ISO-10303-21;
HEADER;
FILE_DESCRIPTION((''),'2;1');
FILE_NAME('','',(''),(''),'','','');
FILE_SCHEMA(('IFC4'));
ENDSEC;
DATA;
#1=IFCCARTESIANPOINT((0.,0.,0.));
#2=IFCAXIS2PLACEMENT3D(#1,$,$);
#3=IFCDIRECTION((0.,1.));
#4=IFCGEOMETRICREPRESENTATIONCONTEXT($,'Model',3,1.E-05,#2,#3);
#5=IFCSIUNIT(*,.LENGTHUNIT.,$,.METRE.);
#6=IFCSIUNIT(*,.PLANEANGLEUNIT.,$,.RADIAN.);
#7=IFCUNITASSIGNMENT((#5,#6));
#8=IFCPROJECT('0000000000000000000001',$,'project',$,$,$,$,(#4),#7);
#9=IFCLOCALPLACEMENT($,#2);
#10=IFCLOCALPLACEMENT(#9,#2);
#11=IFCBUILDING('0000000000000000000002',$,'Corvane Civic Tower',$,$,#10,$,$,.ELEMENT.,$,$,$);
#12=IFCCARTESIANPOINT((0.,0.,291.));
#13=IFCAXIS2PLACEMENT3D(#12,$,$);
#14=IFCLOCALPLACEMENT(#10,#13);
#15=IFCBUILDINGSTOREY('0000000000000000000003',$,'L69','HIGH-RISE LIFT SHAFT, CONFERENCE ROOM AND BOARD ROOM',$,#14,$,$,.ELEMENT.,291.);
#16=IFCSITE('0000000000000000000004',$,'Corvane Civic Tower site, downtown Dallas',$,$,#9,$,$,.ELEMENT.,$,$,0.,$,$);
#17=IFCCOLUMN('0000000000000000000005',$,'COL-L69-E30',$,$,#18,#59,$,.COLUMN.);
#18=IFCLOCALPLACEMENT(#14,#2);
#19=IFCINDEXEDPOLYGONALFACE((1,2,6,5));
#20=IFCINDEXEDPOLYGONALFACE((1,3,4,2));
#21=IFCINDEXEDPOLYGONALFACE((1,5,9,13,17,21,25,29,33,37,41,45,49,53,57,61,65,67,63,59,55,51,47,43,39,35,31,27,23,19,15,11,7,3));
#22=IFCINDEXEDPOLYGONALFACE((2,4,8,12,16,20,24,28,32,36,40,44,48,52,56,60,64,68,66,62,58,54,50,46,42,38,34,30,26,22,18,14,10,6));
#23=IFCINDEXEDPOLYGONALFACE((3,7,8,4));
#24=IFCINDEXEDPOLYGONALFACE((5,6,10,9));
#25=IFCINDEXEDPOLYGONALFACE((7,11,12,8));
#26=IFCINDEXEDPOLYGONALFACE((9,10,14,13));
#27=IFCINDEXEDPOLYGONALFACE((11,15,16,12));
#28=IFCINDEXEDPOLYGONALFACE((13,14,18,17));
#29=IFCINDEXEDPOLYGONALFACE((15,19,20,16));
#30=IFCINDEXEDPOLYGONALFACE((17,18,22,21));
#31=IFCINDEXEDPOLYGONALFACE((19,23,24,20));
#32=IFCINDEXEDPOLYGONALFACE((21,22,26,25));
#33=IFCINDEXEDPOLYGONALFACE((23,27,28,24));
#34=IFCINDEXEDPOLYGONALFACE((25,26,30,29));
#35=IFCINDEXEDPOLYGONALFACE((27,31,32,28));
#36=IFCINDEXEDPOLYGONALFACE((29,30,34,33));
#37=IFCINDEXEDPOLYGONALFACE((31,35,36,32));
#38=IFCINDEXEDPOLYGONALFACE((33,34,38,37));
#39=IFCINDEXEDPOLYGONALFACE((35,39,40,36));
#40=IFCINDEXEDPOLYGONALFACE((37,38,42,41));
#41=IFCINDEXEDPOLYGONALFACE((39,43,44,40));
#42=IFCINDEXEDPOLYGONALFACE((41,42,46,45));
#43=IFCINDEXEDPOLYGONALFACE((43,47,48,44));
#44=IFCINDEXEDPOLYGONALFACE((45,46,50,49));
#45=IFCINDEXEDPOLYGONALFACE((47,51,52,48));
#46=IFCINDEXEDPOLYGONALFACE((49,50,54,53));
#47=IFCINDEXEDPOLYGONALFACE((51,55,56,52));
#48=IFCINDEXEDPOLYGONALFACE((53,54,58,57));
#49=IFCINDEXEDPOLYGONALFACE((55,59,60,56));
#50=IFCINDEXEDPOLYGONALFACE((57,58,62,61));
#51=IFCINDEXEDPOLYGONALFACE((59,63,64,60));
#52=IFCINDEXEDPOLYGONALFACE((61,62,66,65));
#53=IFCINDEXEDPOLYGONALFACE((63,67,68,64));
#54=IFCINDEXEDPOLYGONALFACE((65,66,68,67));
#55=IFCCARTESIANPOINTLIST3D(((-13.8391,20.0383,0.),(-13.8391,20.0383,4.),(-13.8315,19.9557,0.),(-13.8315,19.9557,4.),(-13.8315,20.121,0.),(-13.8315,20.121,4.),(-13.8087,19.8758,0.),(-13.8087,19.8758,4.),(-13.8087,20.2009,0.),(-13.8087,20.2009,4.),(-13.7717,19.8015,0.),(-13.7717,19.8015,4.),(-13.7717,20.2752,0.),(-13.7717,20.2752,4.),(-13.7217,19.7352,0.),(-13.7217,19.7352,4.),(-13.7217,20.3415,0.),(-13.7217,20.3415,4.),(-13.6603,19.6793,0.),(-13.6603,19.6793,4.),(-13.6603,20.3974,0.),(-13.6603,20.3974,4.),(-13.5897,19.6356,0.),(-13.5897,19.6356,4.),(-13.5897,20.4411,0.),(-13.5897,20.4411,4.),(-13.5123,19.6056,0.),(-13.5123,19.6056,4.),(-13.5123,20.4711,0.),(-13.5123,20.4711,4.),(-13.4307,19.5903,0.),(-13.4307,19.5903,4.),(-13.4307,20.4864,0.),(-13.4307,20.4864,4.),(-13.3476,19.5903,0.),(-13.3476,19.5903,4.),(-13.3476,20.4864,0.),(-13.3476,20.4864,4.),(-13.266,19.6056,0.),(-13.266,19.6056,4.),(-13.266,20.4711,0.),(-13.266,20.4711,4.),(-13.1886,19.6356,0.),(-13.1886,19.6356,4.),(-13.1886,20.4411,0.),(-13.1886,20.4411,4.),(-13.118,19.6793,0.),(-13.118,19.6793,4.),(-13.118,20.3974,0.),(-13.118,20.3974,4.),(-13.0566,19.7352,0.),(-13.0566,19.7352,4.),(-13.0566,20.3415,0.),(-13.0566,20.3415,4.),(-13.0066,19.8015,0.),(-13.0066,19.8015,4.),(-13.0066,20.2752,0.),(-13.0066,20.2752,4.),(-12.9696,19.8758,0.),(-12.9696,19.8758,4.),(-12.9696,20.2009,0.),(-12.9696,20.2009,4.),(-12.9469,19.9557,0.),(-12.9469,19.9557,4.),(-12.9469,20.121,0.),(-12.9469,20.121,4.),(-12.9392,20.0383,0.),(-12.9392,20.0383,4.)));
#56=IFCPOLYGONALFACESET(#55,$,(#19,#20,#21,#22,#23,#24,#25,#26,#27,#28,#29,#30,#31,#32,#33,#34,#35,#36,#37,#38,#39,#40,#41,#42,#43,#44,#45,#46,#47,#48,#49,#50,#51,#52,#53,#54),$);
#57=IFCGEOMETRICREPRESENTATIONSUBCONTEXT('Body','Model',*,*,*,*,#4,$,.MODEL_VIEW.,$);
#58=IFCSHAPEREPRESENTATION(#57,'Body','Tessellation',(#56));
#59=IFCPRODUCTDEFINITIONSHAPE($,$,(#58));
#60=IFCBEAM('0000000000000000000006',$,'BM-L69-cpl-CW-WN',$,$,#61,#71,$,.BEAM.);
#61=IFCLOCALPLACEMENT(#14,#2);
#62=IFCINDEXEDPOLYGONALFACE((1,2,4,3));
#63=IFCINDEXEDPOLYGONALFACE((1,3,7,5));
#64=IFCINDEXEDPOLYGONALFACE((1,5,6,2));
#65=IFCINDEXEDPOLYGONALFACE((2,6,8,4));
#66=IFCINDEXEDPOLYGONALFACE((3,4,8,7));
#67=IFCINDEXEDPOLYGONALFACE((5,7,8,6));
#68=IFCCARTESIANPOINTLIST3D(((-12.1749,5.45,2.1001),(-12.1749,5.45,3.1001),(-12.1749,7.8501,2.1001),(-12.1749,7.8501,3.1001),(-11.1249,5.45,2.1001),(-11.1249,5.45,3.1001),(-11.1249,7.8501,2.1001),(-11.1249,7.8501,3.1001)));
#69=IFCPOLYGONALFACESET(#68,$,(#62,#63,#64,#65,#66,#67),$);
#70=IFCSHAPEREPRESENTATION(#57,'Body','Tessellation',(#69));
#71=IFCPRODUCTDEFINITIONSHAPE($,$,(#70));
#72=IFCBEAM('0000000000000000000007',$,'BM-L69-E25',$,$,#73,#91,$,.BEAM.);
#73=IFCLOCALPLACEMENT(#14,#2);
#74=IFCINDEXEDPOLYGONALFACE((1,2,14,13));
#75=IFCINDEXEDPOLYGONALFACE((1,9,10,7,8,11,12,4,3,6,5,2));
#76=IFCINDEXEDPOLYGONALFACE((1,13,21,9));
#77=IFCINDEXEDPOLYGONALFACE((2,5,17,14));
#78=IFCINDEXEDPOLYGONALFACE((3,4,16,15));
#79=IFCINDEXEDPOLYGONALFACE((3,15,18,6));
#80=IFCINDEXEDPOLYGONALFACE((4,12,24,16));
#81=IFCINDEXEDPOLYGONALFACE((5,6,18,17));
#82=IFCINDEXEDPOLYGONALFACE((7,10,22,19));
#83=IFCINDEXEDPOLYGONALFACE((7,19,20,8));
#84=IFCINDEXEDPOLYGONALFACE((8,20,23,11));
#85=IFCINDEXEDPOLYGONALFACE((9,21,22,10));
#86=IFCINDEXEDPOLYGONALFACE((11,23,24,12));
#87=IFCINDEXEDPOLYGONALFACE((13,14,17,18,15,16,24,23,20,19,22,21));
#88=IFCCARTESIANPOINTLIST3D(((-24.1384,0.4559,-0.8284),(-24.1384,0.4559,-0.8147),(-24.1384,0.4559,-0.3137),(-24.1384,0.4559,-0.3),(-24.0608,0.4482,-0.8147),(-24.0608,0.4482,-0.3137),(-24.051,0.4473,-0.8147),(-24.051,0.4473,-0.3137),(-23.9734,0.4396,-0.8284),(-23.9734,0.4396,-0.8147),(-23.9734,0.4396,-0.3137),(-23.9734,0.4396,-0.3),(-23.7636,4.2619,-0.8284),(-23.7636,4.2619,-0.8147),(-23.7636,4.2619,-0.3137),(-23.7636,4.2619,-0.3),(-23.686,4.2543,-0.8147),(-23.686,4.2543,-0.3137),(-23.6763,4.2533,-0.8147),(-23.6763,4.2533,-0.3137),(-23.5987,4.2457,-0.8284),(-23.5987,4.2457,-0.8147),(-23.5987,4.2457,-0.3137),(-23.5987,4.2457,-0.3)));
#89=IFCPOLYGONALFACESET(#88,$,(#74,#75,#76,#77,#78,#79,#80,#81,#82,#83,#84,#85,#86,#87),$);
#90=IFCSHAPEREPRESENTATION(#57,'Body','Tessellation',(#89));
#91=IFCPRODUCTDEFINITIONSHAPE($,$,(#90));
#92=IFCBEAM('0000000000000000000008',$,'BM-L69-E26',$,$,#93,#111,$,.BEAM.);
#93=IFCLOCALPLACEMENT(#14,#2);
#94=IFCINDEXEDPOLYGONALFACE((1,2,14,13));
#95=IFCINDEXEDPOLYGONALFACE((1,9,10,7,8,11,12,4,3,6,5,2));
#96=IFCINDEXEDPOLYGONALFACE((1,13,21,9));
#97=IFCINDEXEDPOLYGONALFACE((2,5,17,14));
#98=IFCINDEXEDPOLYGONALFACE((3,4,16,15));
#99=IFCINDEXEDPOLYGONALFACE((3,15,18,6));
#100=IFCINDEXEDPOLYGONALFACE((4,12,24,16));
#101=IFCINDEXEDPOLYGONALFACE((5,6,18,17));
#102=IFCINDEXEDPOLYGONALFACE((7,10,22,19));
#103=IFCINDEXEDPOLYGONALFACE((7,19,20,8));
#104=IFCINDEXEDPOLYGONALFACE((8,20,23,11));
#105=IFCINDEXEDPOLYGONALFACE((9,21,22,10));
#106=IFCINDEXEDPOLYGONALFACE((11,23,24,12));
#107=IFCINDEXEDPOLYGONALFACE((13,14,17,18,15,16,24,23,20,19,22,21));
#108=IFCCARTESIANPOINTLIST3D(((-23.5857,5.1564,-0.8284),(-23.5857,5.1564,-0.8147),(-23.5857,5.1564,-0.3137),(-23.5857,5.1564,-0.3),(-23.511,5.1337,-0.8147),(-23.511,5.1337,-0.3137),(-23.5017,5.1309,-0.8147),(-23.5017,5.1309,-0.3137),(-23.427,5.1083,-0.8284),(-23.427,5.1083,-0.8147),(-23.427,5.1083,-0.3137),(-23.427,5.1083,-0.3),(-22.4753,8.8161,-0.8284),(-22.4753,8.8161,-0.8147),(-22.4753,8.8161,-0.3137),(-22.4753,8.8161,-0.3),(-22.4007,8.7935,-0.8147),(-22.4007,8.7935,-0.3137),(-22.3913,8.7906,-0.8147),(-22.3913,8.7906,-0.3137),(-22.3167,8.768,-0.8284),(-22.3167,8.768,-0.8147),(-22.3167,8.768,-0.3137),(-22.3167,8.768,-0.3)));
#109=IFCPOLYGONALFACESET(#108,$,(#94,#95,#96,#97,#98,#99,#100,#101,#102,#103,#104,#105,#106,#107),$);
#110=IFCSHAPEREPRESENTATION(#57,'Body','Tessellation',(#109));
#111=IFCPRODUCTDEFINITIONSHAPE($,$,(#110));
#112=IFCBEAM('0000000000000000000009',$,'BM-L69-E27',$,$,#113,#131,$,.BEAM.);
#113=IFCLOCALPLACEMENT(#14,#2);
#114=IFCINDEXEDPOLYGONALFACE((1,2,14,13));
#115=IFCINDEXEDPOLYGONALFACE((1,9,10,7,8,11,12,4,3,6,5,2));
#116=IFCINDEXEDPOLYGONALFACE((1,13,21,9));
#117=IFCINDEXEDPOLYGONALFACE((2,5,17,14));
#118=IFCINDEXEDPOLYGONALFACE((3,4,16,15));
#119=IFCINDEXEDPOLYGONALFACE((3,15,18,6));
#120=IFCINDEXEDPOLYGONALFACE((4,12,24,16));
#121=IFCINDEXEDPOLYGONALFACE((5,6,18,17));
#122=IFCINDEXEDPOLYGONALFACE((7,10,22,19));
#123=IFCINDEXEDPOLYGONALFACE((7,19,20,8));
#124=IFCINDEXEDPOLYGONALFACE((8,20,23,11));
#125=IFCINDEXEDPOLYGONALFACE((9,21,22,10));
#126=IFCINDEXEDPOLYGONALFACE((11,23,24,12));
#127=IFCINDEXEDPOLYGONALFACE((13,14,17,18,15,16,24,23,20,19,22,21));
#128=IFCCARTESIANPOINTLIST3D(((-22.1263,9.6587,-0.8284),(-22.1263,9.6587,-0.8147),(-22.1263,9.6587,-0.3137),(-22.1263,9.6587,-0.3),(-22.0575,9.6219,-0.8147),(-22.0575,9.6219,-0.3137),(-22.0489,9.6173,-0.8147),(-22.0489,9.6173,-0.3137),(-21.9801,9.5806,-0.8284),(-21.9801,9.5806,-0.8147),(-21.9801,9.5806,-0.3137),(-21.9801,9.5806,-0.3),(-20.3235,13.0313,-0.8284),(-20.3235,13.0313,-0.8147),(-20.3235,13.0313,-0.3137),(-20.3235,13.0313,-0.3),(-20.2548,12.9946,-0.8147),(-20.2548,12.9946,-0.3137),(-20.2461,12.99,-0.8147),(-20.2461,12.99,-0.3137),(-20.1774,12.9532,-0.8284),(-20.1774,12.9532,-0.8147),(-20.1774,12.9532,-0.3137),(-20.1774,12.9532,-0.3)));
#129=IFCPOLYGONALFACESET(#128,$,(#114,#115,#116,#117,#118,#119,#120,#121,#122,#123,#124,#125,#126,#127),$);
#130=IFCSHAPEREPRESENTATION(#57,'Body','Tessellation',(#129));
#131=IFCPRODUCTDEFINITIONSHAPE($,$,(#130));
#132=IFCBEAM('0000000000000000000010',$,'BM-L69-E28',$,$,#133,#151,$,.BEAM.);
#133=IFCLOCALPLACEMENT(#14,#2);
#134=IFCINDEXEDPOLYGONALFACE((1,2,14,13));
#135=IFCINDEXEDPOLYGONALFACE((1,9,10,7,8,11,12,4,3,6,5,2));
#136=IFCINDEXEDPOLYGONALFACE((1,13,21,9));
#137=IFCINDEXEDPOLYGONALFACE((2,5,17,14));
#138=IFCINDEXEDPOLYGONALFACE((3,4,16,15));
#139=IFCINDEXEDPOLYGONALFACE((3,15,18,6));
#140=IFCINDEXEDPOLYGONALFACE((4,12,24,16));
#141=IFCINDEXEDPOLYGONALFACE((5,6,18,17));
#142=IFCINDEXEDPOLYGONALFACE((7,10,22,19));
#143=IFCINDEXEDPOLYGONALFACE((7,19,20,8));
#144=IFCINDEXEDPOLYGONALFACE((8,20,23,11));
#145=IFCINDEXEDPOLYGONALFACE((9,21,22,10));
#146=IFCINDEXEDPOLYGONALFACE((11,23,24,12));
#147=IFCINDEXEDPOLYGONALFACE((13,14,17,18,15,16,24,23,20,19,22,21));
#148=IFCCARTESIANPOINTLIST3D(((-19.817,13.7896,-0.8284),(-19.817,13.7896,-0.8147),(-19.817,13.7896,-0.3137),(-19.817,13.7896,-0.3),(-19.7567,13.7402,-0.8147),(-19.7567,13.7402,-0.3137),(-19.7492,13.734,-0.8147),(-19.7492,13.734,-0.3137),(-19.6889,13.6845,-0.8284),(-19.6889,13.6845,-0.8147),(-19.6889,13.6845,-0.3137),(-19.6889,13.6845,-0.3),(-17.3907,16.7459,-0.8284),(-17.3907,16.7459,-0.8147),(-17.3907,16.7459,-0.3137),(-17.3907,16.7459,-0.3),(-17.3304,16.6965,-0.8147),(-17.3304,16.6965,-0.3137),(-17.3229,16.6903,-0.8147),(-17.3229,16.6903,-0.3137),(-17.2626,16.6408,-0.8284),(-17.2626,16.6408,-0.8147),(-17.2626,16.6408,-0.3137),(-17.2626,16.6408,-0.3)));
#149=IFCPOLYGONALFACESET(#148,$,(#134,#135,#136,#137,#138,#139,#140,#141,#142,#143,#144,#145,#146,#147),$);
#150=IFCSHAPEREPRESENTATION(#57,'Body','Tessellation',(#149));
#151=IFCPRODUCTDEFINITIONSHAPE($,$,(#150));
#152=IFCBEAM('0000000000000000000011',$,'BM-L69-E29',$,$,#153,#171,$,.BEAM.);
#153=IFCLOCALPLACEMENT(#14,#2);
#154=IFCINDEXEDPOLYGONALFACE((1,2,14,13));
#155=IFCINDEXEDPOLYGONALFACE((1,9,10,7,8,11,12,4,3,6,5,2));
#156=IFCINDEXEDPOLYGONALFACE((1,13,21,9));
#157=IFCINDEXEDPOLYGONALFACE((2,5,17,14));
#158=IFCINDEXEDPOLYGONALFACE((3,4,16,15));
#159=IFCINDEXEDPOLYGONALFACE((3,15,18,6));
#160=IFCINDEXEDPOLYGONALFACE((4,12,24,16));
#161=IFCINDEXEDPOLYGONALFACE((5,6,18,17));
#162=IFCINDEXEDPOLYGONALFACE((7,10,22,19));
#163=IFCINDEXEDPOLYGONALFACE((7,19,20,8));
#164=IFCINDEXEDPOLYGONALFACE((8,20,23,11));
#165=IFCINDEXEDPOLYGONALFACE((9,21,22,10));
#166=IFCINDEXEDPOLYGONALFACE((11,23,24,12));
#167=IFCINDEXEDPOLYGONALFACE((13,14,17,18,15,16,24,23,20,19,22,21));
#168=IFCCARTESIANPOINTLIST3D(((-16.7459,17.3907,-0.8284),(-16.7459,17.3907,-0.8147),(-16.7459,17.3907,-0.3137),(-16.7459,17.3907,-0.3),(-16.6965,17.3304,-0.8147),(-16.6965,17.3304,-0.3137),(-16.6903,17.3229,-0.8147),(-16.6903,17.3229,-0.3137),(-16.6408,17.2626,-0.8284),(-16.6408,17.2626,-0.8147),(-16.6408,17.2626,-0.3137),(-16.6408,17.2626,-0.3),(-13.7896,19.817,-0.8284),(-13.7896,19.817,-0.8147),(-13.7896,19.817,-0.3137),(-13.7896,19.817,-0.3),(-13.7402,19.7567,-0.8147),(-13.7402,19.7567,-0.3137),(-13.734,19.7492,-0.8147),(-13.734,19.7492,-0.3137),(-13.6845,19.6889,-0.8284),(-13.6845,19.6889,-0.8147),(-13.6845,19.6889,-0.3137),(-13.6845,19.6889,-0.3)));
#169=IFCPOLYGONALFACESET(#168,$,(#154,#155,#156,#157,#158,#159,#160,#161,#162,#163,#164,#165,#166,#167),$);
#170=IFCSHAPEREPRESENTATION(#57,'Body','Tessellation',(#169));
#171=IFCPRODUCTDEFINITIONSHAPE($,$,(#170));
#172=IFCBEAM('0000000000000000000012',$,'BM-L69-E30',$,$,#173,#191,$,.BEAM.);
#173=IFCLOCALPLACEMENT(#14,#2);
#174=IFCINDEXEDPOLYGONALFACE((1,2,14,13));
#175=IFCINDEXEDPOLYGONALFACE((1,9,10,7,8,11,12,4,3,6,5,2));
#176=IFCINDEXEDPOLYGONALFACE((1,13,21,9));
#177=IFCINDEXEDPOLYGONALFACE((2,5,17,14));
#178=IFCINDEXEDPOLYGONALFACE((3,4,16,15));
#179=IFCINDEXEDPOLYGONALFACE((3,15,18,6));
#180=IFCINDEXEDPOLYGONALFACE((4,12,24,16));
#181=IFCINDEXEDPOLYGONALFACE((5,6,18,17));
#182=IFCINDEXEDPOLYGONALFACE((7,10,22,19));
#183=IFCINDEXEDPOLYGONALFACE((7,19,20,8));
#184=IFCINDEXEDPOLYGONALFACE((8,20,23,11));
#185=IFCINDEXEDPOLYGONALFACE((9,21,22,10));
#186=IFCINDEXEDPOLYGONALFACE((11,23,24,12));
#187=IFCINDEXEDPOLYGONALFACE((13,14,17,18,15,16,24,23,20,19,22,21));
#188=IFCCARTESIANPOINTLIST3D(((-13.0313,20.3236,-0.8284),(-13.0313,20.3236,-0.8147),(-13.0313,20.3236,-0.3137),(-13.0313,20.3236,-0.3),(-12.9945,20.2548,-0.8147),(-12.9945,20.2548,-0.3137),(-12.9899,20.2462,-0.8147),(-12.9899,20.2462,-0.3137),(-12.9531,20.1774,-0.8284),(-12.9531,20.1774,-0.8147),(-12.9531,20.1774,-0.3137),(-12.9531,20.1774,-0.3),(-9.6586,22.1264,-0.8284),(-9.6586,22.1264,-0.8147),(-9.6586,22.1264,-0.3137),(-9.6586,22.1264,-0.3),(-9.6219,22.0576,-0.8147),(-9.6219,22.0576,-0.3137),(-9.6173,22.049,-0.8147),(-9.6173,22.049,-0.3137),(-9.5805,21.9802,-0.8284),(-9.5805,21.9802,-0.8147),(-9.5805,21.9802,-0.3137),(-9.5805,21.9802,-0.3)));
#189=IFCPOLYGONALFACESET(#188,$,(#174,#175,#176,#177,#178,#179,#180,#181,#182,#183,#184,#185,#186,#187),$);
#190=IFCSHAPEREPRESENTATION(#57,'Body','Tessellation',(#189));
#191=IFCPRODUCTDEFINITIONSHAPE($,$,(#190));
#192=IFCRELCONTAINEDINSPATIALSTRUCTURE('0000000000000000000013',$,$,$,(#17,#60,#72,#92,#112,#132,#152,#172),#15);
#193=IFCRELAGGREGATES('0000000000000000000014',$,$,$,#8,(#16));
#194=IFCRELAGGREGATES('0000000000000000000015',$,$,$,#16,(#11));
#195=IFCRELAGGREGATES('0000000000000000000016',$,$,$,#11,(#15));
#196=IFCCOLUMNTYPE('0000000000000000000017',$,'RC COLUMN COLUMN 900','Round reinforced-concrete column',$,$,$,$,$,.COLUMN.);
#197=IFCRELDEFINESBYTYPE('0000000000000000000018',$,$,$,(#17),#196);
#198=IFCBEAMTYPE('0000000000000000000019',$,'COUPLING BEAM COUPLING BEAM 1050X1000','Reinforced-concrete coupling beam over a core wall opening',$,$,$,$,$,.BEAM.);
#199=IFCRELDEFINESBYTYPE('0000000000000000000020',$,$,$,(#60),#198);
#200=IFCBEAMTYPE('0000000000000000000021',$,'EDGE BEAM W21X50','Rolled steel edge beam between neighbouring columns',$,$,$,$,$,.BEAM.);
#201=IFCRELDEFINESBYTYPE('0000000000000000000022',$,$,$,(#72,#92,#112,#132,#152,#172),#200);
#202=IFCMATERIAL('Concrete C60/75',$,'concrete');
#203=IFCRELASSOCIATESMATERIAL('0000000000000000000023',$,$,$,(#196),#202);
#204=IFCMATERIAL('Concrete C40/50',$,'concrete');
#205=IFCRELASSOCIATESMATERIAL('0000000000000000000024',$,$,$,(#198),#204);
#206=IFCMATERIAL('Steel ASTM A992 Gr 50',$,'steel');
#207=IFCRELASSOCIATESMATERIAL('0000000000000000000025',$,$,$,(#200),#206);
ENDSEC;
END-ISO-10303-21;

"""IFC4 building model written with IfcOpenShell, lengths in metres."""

from ifc_helpers import new_model, si_unit, direction, frame, origin, origin_2d, place, context, subcontext, project, spatial, rectangle, circle, i_section, extrude, material, material_profile, profile_set, type_object, element, save


model = new_model("IFC4")

# Units and contexts
model_context = context("Model", 3, precision=1e-05, world=origin(), true_north=direction((0.0, 1.0)))
body_context = subcontext(model_context, "Body", "Model", "MODEL_VIEW")
ifc_project = project(units=[si_unit("LENGTHUNIT", "METRE"), si_unit("PLANEANGLEUNIT", "RADIAN")], contexts=[model_context])

# Site, building, storey
site_placement = place(None, origin())
site = spatial("IfcSite", under=ifc_project, at=site_placement, Name="Corvane Civic Tower site, downtown Dallas", CompositionType="ELEMENT", RefElevation=0.0)
building_placement = place(site_placement, origin())
building = spatial("IfcBuilding", under=site, at=building_placement, Name="Corvane Civic Tower", CompositionType="ELEMENT")
storey_placement = place(building_placement, frame((0.0, 0.0, 291.0)))
storey = spatial("IfcBuildingStorey", under=building, at=storey_placement, Name="L69", Description="HIGH-RISE LIFT SHAFT, CONFERENCE ROOM AND BOARD ROOM", CompositionType="ELEMENT", Elevation=291.0)

# Column
ifc_material_1 = material(Name="Concrete C60/75", Category="concrete")
ifc_material_profile_1 = material_profile(ifc_material_1, circle(Radius=0.45, at=origin_2d()), Name="COLUMN 900")
ifc_profile_set_1 = profile_set([ifc_material_profile_1], Name="Concrete C60/75")
column_type = type_object("IfcColumnType", Name="RC COLUMN COLUMN 900", Description="Round reinforced-concrete column", PredefinedType="COLUMN", material=ifc_profile_set_1)
for number, where, z_axis, x_axis, name in (
    (1, (-13.3892, 20.0383, 0.0), (0.0, 0.0, 1.0), (1.0, 0.0, 0.0), "COL-L69-E30"),
):
    element("IfcColumn", number, at=place(storey_placement, frame(where, z_axis=z_axis, x_axis=x_axis)), inside=storey, type_object=column_type, Name=name, PredefinedType="COLUMN", context=body_context, shape_type="SweptSolid", body=[
        extrude(circle(Radius=0.45, at=origin_2d()), origin(), (0.0, 0.0, 1.0), 4.0),
    ])

# Beams
ifc_material_2 = material(Name="Concrete C40/50", Category="concrete")
ifc_material_profile_2 = material_profile(ifc_material_2, rectangle(XDim=1.05, YDim=1.0, at=origin_2d()), Name="COUPLING BEAM 1050X1000")
ifc_profile_set_2 = profile_set([ifc_material_profile_2], Name="Concrete C40/50")
beam_type_1 = type_object("IfcBeamType", Name="COUPLING BEAM COUPLING BEAM 1050X1000", Description="Reinforced-concrete coupling beam over a core wall opening", PredefinedType="BEAM", material=ifc_profile_set_2)
beam_1_placement = place(storey_placement, frame((-11.6499, 5.45, 2.6001), z_axis=(0.0, 1.0, 0.0), x_axis=(-1.0, 0.0, 0.0)))
element("IfcBeam", 2, at=beam_1_placement, inside=storey, type_object=beam_type_1, Name="BM-L69-cpl-CW-WN", PredefinedType="BEAM", context=body_context, shape_type="SweptSolid", body=[
    extrude(rectangle(XDim=1.05, YDim=1.0, at=origin_2d()), origin(), (0.0, 0.0, 1.0), 2.4001),
])
ifc_material_3 = material(Name="Steel ASTM A992 Gr 50", Category="steel")
ifc_material_profile_3 = material_profile(ifc_material_3, i_section(OverallWidth=0.1658, OverallDepth=0.5283, WebThickness=0.0098, FlangeThickness=0.0137, at=origin_2d()), Name="W21X50")
ifc_profile_set_3 = profile_set([ifc_material_profile_3], Name="Steel ASTM A992 Gr 50")
beam_type_2 = type_object("IfcBeamType", Name="EDGE BEAM W21X50", Description="Rolled steel edge beam between neighbouring columns", PredefinedType="BEAM", material=ifc_profile_set_3)
for number, where, z_axis, x_axis, name in (
    (3, (-24.0559, 0.4478, -0.5642), (0.097987, 0.995188, 0.0), (-0.995188, 0.097987, 0.0), "BM-L69-E25"),
    (4, (-23.5063, 5.1323, -0.5642), (0.290333, 0.956926, 0.0), (-0.956926, 0.290333, 0.0), "BM-L69-E26"),
):
    element("IfcBeam", number, at=place(storey_placement, frame(where, z_axis=z_axis, x_axis=x_axis)), inside=storey, type_object=beam_type_2, Name=name, PredefinedType="BEAM", context=body_context, shape_type="SweptSolid", body=[
        extrude(i_section(OverallWidth=0.1658, OverallDepth=0.5283, WebThickness=0.0098, FlangeThickness=0.0137, at=origin_2d()), origin(), (0.0, 0.0, 1.0), 3.8245),
    ])
beam_2_placement = place(storey_placement, frame((-22.0532, 9.6196, -0.5642), z_axis=(0.47141, 0.881914, 0.0), x_axis=(-0.881914, 0.47141, 0.0)))
element("IfcBeam", 5, at=beam_2_placement, inside=storey, type_object=beam_type_2, Name="BM-L69-E27", PredefinedType="BEAM", context=body_context, shape_type="SweptSolid", body=[
    extrude(i_section(OverallWidth=0.1658, OverallDepth=0.5283, WebThickness=0.0098, FlangeThickness=0.0137, at=origin_2d()), origin(), (0.0, 0.0, 1.0), 3.8242),
])
for number, where, z_axis, x_axis, name in (
    (6, (-19.7529, 13.7371, -0.5642), (0.634409, 0.772998, 0.0), (-0.772998, 0.634409, 0.0), "BM-L69-E28"),
    (7, (-16.6934, 17.3267, -0.5642), (0.772998, 0.634409, 0.0), (-0.634409, 0.772998, 0.0), "BM-L69-E29"),
):
    element("IfcBeam", number, at=place(storey_placement, frame(where, z_axis=z_axis, x_axis=x_axis)), inside=storey, type_object=beam_type_2, Name=name, PredefinedType="BEAM", context=body_context, shape_type="SweptSolid", body=[
        extrude(i_section(OverallWidth=0.1658, OverallDepth=0.5283, WebThickness=0.0098, FlangeThickness=0.0137, at=origin_2d()), origin(), (0.0, 0.0, 1.0), 3.8245),
    ])
beam_3_placement = place(storey_placement, frame((-12.9922, 20.2505, -0.5642), z_axis=(0.881914, 0.47141, 0.0), x_axis=(-0.47141, 0.881914, 0.0)))
element("IfcBeam", 8, at=beam_3_placement, inside=storey, type_object=beam_type_2, Name="BM-L69-E30", PredefinedType="BEAM", context=body_context, shape_type="SweptSolid", body=[
    extrude(i_section(OverallWidth=0.1658, OverallDepth=0.5283, WebThickness=0.0098, FlangeThickness=0.0137, at=origin_2d()), origin(), (0.0, 0.0, 1.0), 3.8242),
])

save(model, "model.ifc")
